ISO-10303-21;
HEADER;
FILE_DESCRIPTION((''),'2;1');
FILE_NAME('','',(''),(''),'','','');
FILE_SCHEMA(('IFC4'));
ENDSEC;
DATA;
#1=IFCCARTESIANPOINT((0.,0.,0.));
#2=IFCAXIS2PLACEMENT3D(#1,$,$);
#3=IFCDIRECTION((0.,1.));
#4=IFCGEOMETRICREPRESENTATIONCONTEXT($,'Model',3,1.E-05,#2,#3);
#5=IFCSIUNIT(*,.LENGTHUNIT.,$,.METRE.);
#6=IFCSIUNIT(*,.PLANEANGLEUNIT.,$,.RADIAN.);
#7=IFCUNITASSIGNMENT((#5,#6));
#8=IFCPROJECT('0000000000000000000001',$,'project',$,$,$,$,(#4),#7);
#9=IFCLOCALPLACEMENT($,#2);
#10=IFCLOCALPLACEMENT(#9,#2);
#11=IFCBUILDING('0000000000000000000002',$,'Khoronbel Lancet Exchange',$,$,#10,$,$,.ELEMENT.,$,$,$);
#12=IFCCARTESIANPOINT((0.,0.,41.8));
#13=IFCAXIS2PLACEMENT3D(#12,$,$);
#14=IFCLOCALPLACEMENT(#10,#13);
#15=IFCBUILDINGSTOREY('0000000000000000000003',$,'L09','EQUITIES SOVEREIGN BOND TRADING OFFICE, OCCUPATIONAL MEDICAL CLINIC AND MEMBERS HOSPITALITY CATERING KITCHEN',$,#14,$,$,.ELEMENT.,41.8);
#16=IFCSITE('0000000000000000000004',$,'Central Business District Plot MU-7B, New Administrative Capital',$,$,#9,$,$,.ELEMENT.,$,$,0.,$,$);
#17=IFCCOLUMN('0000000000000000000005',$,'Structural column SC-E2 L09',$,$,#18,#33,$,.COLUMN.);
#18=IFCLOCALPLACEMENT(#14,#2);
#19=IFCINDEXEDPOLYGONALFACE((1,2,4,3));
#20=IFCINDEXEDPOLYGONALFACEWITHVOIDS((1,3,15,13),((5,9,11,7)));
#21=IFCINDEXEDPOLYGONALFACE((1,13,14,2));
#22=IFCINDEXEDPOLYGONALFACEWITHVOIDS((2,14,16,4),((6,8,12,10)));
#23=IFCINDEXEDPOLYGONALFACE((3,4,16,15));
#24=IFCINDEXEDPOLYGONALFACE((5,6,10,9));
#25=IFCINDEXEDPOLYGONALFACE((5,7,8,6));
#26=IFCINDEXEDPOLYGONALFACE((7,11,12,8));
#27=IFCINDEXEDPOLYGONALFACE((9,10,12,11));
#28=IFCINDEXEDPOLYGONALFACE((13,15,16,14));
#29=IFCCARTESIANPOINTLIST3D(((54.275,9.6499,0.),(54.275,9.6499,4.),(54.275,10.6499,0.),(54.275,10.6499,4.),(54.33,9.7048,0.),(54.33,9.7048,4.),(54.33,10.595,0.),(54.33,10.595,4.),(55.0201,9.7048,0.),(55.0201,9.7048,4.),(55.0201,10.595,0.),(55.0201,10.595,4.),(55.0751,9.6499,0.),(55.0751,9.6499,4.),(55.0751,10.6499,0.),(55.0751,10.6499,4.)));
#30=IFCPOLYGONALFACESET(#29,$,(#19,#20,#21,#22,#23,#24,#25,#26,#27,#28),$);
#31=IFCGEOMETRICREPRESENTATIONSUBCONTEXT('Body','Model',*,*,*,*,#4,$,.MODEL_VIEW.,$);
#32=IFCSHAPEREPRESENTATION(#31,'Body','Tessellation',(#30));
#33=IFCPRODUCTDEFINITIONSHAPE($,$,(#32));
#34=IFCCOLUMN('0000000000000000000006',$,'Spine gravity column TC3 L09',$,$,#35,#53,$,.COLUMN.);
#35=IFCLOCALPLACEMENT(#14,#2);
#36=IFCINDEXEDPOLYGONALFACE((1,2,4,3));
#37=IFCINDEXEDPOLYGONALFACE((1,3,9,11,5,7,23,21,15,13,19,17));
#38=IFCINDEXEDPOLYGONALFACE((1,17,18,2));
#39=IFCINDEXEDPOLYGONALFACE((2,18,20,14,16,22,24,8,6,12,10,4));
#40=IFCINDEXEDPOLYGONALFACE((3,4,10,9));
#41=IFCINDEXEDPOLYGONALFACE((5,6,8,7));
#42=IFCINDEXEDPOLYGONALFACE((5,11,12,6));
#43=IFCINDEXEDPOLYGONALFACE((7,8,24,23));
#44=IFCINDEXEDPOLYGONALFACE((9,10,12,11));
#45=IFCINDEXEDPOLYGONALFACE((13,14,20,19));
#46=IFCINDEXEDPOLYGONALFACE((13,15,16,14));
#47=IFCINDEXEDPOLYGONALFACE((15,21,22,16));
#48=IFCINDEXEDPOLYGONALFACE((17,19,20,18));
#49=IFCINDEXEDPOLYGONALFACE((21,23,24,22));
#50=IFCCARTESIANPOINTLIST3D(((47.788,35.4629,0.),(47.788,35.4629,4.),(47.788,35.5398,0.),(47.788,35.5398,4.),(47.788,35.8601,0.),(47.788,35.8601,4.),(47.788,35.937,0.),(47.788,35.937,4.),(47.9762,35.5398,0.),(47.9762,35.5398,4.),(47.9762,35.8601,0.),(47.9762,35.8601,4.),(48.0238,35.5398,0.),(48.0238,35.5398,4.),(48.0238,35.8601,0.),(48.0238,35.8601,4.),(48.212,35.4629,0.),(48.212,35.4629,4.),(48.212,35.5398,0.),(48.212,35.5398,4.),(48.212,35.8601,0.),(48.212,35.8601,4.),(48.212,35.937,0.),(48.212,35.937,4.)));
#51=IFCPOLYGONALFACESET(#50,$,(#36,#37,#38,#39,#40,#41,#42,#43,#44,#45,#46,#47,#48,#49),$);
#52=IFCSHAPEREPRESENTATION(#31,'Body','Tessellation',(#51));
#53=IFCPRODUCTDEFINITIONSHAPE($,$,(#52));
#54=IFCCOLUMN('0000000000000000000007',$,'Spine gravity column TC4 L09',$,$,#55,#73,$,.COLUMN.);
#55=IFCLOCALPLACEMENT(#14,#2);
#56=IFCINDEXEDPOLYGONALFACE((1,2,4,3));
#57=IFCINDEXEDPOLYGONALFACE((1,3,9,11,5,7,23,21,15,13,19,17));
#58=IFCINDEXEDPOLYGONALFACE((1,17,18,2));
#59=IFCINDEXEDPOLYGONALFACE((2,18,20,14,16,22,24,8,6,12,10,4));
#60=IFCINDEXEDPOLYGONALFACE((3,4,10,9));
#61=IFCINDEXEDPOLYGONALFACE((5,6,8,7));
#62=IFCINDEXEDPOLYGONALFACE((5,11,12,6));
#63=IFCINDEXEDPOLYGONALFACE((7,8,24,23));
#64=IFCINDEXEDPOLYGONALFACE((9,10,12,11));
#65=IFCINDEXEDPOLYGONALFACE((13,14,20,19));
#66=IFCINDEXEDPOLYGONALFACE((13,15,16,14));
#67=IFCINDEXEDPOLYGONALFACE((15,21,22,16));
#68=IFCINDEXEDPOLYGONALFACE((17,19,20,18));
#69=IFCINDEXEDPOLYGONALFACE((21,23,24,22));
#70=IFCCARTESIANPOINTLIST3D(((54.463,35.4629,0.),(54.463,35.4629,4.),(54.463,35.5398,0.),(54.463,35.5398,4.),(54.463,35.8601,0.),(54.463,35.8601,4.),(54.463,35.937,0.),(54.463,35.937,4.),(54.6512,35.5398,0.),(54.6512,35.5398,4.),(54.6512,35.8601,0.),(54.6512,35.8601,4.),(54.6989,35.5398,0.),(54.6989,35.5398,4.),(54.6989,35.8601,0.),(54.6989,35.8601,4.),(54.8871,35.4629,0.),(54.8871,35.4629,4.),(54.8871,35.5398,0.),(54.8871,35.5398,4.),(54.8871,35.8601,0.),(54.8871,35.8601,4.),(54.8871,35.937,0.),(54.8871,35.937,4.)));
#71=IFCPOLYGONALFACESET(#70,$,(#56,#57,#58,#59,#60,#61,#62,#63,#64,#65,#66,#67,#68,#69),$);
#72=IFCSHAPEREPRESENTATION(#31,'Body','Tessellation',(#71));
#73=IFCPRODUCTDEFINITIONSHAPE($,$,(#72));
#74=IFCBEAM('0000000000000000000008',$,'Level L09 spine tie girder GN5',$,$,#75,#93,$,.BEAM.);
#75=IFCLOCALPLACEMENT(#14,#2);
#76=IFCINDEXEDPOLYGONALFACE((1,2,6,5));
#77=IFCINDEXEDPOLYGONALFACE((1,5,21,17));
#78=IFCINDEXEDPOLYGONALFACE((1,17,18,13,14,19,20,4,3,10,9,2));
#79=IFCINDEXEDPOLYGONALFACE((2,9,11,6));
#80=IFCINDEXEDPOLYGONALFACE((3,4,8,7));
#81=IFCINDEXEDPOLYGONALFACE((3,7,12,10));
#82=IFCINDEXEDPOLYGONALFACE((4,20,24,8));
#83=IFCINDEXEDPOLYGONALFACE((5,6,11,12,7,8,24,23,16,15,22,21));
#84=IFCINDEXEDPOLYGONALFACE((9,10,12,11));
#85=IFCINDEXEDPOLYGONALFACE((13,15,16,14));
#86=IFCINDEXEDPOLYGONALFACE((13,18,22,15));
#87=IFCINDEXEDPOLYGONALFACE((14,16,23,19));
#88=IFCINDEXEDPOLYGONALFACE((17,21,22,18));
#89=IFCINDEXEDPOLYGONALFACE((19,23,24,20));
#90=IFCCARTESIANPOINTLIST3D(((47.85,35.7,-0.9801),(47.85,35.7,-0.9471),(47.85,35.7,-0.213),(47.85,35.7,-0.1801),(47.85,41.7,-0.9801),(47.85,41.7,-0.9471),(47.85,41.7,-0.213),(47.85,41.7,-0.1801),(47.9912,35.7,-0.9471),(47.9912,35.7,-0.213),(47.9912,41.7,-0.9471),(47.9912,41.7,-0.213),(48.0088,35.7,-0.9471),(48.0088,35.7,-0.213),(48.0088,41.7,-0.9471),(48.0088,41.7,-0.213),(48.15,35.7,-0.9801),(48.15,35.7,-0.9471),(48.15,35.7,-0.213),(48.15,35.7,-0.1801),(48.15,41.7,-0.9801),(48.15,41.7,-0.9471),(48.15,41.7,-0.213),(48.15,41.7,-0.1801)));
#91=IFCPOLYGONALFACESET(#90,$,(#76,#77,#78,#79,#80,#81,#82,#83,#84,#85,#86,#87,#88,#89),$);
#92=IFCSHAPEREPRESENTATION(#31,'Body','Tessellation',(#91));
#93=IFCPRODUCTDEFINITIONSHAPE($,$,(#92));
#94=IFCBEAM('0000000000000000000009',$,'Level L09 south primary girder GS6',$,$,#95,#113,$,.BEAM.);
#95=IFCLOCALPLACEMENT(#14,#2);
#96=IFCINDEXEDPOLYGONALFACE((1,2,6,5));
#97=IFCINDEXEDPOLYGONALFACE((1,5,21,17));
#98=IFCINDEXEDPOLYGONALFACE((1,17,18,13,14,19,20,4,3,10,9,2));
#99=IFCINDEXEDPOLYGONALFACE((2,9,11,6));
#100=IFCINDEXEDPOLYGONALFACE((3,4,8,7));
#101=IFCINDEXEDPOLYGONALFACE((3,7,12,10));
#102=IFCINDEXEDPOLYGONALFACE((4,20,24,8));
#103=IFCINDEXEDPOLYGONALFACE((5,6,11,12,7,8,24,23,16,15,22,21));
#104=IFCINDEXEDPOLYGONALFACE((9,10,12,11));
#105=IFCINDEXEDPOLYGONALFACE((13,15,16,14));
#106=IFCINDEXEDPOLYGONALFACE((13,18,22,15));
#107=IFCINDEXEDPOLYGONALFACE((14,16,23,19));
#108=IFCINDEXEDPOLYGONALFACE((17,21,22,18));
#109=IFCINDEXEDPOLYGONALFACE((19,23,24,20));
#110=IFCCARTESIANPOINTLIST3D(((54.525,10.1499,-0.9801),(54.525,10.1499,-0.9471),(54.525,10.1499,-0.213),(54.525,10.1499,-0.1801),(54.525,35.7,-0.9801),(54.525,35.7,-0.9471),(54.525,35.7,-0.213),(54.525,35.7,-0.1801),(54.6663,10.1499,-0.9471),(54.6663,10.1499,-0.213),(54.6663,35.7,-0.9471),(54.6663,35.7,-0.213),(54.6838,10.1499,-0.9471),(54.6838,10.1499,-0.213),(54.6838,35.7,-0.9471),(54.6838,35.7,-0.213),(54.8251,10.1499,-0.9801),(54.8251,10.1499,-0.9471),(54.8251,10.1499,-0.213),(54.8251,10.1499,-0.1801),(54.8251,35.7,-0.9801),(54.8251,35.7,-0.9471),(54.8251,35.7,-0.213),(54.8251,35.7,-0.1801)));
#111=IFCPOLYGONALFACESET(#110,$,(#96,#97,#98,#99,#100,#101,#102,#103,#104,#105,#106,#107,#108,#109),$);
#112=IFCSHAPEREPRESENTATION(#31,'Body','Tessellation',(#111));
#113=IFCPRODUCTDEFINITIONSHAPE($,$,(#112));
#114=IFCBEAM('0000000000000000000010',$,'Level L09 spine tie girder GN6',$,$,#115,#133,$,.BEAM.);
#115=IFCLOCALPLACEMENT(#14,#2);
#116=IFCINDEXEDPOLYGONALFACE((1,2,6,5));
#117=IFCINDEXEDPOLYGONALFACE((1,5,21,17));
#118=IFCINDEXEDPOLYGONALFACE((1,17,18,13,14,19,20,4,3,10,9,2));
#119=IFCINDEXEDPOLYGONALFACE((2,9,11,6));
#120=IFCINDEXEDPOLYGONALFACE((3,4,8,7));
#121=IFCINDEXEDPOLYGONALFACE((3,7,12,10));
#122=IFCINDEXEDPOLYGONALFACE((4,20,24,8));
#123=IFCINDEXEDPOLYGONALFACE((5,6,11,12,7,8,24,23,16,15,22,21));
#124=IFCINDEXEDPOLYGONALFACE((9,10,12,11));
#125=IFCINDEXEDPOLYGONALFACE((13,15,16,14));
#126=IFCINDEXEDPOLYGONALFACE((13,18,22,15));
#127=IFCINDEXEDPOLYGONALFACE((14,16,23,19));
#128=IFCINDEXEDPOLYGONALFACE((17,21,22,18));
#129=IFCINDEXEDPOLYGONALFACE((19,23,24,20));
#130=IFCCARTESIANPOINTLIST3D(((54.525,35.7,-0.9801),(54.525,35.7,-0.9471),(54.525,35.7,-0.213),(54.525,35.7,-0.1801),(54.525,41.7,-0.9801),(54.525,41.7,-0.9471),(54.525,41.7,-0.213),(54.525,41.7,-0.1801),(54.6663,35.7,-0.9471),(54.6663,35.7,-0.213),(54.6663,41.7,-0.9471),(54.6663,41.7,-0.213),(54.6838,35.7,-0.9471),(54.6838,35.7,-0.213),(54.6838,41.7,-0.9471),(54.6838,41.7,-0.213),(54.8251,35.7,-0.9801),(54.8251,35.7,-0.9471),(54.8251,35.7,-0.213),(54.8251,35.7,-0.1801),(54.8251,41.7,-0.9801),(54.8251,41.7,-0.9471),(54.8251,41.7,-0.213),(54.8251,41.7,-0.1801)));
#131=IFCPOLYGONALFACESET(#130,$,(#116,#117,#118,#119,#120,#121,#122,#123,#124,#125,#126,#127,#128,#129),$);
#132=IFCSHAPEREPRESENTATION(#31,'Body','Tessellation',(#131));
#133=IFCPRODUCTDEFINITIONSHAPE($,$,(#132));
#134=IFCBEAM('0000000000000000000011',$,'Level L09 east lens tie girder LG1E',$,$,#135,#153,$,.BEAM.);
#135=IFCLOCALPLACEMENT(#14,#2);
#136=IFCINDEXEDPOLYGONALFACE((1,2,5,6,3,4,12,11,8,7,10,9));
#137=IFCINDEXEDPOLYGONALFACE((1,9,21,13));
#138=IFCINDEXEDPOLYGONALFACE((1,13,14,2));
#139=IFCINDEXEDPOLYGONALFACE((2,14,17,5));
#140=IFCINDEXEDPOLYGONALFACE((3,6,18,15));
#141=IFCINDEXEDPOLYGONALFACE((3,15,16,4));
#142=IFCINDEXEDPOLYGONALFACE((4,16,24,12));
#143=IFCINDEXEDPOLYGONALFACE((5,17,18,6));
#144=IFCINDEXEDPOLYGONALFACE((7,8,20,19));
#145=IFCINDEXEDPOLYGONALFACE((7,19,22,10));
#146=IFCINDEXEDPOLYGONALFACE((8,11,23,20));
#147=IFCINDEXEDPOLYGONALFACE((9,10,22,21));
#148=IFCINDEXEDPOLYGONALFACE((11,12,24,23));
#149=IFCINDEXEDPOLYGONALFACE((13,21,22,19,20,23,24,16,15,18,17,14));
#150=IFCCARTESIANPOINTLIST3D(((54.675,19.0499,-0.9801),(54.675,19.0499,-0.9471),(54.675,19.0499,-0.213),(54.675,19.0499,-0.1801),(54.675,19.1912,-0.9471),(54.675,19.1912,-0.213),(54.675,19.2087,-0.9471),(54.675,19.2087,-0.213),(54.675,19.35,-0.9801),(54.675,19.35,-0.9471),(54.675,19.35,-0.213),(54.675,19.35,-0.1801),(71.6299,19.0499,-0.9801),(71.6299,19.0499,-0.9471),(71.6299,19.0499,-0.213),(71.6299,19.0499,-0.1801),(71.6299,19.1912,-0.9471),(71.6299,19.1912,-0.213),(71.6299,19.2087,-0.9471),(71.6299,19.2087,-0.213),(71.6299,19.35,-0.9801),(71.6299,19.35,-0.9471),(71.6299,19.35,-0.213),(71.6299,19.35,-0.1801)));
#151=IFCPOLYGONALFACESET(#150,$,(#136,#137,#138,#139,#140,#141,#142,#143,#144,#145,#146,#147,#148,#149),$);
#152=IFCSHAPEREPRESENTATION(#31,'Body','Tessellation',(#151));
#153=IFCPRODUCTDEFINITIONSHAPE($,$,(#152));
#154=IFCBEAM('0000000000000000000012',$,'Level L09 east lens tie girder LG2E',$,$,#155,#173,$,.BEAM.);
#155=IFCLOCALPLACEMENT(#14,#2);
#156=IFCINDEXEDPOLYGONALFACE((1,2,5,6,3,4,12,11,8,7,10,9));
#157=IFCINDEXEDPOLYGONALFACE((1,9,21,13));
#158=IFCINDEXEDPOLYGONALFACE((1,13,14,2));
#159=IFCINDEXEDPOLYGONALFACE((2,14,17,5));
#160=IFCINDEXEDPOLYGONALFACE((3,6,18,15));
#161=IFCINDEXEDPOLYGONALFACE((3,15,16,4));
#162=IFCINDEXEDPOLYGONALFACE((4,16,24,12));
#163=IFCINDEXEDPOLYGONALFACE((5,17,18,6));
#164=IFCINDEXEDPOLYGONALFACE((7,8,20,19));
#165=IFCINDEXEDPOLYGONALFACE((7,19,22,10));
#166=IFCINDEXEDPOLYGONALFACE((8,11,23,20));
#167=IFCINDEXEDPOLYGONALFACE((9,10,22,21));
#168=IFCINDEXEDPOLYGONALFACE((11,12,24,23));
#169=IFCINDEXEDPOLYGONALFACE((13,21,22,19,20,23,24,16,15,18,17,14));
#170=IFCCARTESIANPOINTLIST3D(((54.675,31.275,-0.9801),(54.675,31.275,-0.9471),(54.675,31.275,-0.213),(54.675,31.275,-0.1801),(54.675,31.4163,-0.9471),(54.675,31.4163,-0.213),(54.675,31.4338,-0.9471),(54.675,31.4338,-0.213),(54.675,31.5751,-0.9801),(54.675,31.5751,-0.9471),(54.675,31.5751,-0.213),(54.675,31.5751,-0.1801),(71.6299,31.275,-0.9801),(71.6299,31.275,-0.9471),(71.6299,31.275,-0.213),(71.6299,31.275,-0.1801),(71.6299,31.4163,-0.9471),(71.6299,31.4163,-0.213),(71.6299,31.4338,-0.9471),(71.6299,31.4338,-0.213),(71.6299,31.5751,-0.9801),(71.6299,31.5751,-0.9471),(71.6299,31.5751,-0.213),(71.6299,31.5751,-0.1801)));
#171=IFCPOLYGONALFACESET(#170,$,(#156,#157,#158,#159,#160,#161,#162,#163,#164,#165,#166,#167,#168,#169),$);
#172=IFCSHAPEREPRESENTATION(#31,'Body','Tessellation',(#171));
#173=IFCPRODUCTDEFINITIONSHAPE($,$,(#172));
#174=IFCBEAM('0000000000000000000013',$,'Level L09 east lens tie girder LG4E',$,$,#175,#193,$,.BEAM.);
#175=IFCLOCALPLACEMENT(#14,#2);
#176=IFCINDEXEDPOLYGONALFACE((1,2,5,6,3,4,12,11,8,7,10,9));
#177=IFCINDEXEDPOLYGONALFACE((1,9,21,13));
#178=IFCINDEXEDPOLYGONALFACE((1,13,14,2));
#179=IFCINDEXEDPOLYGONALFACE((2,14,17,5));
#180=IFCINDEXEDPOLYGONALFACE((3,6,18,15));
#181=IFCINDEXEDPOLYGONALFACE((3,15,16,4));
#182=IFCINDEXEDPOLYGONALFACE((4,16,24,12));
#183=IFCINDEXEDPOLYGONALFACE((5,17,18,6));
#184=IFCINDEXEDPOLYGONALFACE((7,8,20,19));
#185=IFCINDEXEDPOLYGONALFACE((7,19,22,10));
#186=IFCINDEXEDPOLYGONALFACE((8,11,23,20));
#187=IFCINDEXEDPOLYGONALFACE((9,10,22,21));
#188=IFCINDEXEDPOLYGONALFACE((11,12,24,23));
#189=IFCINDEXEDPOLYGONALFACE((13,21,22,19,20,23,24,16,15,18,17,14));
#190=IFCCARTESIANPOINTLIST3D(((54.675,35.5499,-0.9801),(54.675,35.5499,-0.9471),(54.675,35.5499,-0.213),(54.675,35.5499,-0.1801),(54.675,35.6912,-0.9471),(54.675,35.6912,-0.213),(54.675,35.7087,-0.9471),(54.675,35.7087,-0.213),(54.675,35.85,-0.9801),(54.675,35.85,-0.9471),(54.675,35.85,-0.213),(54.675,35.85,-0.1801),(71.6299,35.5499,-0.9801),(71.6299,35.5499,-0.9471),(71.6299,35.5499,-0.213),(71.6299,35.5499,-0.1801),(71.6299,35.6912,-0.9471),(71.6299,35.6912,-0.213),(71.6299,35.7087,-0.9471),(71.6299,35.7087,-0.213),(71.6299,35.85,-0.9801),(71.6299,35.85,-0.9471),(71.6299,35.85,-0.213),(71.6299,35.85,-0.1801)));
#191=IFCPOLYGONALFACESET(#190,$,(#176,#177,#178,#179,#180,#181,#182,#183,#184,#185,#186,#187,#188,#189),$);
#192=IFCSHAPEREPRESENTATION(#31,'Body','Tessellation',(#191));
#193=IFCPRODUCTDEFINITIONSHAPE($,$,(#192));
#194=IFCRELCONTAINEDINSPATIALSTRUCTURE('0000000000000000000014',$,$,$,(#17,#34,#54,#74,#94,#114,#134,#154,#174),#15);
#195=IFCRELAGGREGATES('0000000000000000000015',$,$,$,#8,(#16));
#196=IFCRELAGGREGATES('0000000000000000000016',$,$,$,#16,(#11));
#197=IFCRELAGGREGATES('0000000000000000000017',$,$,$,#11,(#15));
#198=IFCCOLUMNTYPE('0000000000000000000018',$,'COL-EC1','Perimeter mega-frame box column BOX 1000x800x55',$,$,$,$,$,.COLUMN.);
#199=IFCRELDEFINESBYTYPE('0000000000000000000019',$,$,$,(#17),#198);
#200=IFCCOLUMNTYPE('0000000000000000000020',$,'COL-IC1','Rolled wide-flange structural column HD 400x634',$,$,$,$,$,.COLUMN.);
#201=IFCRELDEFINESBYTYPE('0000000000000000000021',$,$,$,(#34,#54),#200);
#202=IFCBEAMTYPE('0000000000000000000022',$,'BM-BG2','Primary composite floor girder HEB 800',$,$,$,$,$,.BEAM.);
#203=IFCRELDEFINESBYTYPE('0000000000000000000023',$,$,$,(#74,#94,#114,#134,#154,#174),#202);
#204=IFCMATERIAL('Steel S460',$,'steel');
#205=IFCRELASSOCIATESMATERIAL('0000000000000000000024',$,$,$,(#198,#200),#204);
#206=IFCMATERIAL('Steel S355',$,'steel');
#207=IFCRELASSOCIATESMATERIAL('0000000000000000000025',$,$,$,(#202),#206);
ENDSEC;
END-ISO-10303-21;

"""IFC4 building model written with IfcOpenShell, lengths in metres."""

from ifc_helpers import new_model, si_unit, direction, frame, origin, origin_2d, place, context, subcontext, project, spatial, hollow_rectangle, i_section, extrude, material, material_profile, profile_set, type_object, element, save


model = new_model("IFC4")

# Units and contexts
model_context = context("Model", 3, precision=1e-05, world=origin(), true_north=direction((0.0, 1.0)))
body_context = subcontext(model_context, "Body", "Model", "MODEL_VIEW")
ifc_project = project(units=[si_unit("LENGTHUNIT", "METRE"), si_unit("PLANEANGLEUNIT", "RADIAN")], contexts=[model_context])

# Site, building, storey
site_placement = place(None, origin())
site = spatial("IfcSite", under=ifc_project, at=site_placement, Name="Central Business District Plot MU-7B, New Administrative Capital", CompositionType="ELEMENT", RefElevation=0.0)
building_placement = place(site_placement, origin())
building = spatial("IfcBuilding", under=site, at=building_placement, Name="Khoronbel Lancet Exchange", CompositionType="ELEMENT")
storey_placement = place(building_placement, frame((0.0, 0.0, 41.8)))
storey = spatial("IfcBuildingStorey", under=building, at=storey_placement, Name="L09", Description="EQUITIES SOVEREIGN BOND TRADING OFFICE, OCCUPATIONAL MEDICAL CLINIC AND MEMBERS HOSPITALITY CATERING KITCHEN", CompositionType="ELEMENT", Elevation=41.8)

# Columns
ifc_material_1 = material(Name="Steel S460", Category="steel")
ifc_material_profile_1 = material_profile(ifc_material_1, hollow_rectangle(XDim=0.8, YDim=1.0, WallThickness=0.0549, at=origin_2d()), Name="BOX 1000x800x55")
ifc_profile_set_1 = profile_set([ifc_material_profile_1], Name="Steel S460")
column_type_1 = type_object("IfcColumnType", Name="COL-EC1", Description="Perimeter mega-frame box column BOX 1000x800x55", PredefinedType="COLUMN", material=ifc_profile_set_1)
column_placement = place(storey_placement, frame((54.675, 10.1499, 0.0), z_axis=(0.0, 0.0, 1.0), x_axis=(1.0, 0.0, 0.0)))
element("IfcColumn", 1, at=column_placement, inside=storey, type_object=column_type_1, Name="Structural column SC-E2 L09", PredefinedType="COLUMN", context=body_context, shape_type="SweptSolid", body=[
    extrude(hollow_rectangle(XDim=0.8, YDim=1.0, WallThickness=0.0549, at=origin_2d()), origin(), (0.0, 0.0, 1.0), 4.0),
])
ifc_material_profile_2 = material_profile(ifc_material_1, i_section(OverallWidth=0.4241, OverallDepth=0.4741, WebThickness=0.0476, FlangeThickness=0.0769, at=origin_2d()), Name="HD 400x634")
ifc_profile_set_2 = profile_set([ifc_material_profile_2], Name="Steel S460")
column_type_2 = type_object("IfcColumnType", Name="COL-IC1", Description="Rolled wide-flange structural column HD 400x634", PredefinedType="COLUMN", material=ifc_profile_set_2)
for number, where, z_axis, x_axis, name in (
    (2, (48.0, 35.7, 0.0), (0.0, 0.0, 1.0), (1.0, 0.0, 0.0), "Spine gravity column TC3 L09"),
    (3, (54.675, 35.7, 0.0), (0.0, 0.0, 1.0), (1.0, 0.0, 0.0), "Spine gravity column TC4 L09"),
):
    element("IfcColumn", number, at=place(storey_placement, frame(where, z_axis=z_axis, x_axis=x_axis)), inside=storey, type_object=column_type_2, Name=name, PredefinedType="COLUMN", context=body_context, shape_type="SweptSolid", body=[
        extrude(i_section(OverallWidth=0.4241, OverallDepth=0.4741, WebThickness=0.0476, FlangeThickness=0.0769, at=origin_2d()), origin(), (0.0, 0.0, 1.0), 4.0),
    ])

# Beams
ifc_material_2 = material(Name="Steel S355", Category="steel")
ifc_material_profile_3 = material_profile(ifc_material_2, i_section(OverallWidth=0.3, OverallDepth=0.8, WebThickness=0.0176, FlangeThickness=0.033, at=origin_2d()), Name="HEB 800")
ifc_profile_set_3 = profile_set([ifc_material_profile_3], Name="Steel S355")
beam_type_1 = type_object("IfcBeamType", Name="BM-BG2", Description="Primary composite floor girder HEB 800", PredefinedType="BEAM", material=ifc_profile_set_3)
beam_1_placement = place(storey_placement, frame((48.0, 35.7, -0.5801), z_axis=(0.0, 1.0, 0.0), x_axis=(-1.0, 0.0, 0.0)))
element("IfcBeam", 4, at=beam_1_placement, inside=storey, type_object=beam_type_1, Name="Level L09 spine tie girder GN5", PredefinedType="BEAM", context=body_context, shape_type="SweptSolid", body=[
    extrude(i_section(OverallWidth=0.3, OverallDepth=0.8, WebThickness=0.0176, FlangeThickness=0.033, at=origin_2d()), origin(), (0.0, 0.0, 1.0), 6.0),
])
beam_2_placement = place(storey_placement, frame((54.675, 10.1499, -0.5801), z_axis=(0.0, 1.0, 0.0), x_axis=(-1.0, 0.0, 0.0)))
element("IfcBeam", 5, at=beam_2_placement, inside=storey, type_object=beam_type_1, Name="Level L09 south primary girder GS6", PredefinedType="BEAM", context=body_context, shape_type="SweptSolid", body=[
    extrude(i_section(OverallWidth=0.3, OverallDepth=0.8, WebThickness=0.0176, FlangeThickness=0.033, at=origin_2d()), origin(), (0.0, 0.0, 1.0), 25.55),
])
beam_3_placement = place(storey_placement, frame((54.675, 35.7, -0.5801), z_axis=(0.0, 1.0, 0.0), x_axis=(-1.0, 0.0, 0.0)))
element("IfcBeam", 6, at=beam_3_placement, inside=storey, type_object=beam_type_1, Name="Level L09 spine tie girder GN6", PredefinedType="BEAM", context=body_context, shape_type="SweptSolid", body=[
    extrude(i_section(OverallWidth=0.3, OverallDepth=0.8, WebThickness=0.0176, FlangeThickness=0.033, at=origin_2d()), origin(), (0.0, 0.0, 1.0), 6.0),
])
for number, where, z_axis, x_axis, name in (
    (7, (54.675, 19.2, -0.5801), (1.0, 0.0, 0.0), (0.0, 1.0, 0.0), "Level L09 east lens tie girder LG1E"),
    (8, (54.675, 31.425, -0.5801), (1.0, 0.0, 0.0), (0.0, 1.0, 0.0), "Level L09 east lens tie girder LG2E"),
    (9, (54.675, 35.7, -0.5801), (1.0, 0.0, 0.0), (0.0, 1.0, 0.0), "Level L09 east lens tie girder LG4E"),
):
    element("IfcBeam", number, at=place(storey_placement, frame(where, z_axis=z_axis, x_axis=x_axis)), inside=storey, type_object=beam_type_1, Name=name, PredefinedType="BEAM", context=body_context, shape_type="SweptSolid", body=[
        extrude(i_section(OverallWidth=0.3, OverallDepth=0.8, WebThickness=0.0176, FlangeThickness=0.033, at=origin_2d()), origin(), (0.0, 0.0, 1.0), 16.9548),
    ])

save(model, "model.ifc")
